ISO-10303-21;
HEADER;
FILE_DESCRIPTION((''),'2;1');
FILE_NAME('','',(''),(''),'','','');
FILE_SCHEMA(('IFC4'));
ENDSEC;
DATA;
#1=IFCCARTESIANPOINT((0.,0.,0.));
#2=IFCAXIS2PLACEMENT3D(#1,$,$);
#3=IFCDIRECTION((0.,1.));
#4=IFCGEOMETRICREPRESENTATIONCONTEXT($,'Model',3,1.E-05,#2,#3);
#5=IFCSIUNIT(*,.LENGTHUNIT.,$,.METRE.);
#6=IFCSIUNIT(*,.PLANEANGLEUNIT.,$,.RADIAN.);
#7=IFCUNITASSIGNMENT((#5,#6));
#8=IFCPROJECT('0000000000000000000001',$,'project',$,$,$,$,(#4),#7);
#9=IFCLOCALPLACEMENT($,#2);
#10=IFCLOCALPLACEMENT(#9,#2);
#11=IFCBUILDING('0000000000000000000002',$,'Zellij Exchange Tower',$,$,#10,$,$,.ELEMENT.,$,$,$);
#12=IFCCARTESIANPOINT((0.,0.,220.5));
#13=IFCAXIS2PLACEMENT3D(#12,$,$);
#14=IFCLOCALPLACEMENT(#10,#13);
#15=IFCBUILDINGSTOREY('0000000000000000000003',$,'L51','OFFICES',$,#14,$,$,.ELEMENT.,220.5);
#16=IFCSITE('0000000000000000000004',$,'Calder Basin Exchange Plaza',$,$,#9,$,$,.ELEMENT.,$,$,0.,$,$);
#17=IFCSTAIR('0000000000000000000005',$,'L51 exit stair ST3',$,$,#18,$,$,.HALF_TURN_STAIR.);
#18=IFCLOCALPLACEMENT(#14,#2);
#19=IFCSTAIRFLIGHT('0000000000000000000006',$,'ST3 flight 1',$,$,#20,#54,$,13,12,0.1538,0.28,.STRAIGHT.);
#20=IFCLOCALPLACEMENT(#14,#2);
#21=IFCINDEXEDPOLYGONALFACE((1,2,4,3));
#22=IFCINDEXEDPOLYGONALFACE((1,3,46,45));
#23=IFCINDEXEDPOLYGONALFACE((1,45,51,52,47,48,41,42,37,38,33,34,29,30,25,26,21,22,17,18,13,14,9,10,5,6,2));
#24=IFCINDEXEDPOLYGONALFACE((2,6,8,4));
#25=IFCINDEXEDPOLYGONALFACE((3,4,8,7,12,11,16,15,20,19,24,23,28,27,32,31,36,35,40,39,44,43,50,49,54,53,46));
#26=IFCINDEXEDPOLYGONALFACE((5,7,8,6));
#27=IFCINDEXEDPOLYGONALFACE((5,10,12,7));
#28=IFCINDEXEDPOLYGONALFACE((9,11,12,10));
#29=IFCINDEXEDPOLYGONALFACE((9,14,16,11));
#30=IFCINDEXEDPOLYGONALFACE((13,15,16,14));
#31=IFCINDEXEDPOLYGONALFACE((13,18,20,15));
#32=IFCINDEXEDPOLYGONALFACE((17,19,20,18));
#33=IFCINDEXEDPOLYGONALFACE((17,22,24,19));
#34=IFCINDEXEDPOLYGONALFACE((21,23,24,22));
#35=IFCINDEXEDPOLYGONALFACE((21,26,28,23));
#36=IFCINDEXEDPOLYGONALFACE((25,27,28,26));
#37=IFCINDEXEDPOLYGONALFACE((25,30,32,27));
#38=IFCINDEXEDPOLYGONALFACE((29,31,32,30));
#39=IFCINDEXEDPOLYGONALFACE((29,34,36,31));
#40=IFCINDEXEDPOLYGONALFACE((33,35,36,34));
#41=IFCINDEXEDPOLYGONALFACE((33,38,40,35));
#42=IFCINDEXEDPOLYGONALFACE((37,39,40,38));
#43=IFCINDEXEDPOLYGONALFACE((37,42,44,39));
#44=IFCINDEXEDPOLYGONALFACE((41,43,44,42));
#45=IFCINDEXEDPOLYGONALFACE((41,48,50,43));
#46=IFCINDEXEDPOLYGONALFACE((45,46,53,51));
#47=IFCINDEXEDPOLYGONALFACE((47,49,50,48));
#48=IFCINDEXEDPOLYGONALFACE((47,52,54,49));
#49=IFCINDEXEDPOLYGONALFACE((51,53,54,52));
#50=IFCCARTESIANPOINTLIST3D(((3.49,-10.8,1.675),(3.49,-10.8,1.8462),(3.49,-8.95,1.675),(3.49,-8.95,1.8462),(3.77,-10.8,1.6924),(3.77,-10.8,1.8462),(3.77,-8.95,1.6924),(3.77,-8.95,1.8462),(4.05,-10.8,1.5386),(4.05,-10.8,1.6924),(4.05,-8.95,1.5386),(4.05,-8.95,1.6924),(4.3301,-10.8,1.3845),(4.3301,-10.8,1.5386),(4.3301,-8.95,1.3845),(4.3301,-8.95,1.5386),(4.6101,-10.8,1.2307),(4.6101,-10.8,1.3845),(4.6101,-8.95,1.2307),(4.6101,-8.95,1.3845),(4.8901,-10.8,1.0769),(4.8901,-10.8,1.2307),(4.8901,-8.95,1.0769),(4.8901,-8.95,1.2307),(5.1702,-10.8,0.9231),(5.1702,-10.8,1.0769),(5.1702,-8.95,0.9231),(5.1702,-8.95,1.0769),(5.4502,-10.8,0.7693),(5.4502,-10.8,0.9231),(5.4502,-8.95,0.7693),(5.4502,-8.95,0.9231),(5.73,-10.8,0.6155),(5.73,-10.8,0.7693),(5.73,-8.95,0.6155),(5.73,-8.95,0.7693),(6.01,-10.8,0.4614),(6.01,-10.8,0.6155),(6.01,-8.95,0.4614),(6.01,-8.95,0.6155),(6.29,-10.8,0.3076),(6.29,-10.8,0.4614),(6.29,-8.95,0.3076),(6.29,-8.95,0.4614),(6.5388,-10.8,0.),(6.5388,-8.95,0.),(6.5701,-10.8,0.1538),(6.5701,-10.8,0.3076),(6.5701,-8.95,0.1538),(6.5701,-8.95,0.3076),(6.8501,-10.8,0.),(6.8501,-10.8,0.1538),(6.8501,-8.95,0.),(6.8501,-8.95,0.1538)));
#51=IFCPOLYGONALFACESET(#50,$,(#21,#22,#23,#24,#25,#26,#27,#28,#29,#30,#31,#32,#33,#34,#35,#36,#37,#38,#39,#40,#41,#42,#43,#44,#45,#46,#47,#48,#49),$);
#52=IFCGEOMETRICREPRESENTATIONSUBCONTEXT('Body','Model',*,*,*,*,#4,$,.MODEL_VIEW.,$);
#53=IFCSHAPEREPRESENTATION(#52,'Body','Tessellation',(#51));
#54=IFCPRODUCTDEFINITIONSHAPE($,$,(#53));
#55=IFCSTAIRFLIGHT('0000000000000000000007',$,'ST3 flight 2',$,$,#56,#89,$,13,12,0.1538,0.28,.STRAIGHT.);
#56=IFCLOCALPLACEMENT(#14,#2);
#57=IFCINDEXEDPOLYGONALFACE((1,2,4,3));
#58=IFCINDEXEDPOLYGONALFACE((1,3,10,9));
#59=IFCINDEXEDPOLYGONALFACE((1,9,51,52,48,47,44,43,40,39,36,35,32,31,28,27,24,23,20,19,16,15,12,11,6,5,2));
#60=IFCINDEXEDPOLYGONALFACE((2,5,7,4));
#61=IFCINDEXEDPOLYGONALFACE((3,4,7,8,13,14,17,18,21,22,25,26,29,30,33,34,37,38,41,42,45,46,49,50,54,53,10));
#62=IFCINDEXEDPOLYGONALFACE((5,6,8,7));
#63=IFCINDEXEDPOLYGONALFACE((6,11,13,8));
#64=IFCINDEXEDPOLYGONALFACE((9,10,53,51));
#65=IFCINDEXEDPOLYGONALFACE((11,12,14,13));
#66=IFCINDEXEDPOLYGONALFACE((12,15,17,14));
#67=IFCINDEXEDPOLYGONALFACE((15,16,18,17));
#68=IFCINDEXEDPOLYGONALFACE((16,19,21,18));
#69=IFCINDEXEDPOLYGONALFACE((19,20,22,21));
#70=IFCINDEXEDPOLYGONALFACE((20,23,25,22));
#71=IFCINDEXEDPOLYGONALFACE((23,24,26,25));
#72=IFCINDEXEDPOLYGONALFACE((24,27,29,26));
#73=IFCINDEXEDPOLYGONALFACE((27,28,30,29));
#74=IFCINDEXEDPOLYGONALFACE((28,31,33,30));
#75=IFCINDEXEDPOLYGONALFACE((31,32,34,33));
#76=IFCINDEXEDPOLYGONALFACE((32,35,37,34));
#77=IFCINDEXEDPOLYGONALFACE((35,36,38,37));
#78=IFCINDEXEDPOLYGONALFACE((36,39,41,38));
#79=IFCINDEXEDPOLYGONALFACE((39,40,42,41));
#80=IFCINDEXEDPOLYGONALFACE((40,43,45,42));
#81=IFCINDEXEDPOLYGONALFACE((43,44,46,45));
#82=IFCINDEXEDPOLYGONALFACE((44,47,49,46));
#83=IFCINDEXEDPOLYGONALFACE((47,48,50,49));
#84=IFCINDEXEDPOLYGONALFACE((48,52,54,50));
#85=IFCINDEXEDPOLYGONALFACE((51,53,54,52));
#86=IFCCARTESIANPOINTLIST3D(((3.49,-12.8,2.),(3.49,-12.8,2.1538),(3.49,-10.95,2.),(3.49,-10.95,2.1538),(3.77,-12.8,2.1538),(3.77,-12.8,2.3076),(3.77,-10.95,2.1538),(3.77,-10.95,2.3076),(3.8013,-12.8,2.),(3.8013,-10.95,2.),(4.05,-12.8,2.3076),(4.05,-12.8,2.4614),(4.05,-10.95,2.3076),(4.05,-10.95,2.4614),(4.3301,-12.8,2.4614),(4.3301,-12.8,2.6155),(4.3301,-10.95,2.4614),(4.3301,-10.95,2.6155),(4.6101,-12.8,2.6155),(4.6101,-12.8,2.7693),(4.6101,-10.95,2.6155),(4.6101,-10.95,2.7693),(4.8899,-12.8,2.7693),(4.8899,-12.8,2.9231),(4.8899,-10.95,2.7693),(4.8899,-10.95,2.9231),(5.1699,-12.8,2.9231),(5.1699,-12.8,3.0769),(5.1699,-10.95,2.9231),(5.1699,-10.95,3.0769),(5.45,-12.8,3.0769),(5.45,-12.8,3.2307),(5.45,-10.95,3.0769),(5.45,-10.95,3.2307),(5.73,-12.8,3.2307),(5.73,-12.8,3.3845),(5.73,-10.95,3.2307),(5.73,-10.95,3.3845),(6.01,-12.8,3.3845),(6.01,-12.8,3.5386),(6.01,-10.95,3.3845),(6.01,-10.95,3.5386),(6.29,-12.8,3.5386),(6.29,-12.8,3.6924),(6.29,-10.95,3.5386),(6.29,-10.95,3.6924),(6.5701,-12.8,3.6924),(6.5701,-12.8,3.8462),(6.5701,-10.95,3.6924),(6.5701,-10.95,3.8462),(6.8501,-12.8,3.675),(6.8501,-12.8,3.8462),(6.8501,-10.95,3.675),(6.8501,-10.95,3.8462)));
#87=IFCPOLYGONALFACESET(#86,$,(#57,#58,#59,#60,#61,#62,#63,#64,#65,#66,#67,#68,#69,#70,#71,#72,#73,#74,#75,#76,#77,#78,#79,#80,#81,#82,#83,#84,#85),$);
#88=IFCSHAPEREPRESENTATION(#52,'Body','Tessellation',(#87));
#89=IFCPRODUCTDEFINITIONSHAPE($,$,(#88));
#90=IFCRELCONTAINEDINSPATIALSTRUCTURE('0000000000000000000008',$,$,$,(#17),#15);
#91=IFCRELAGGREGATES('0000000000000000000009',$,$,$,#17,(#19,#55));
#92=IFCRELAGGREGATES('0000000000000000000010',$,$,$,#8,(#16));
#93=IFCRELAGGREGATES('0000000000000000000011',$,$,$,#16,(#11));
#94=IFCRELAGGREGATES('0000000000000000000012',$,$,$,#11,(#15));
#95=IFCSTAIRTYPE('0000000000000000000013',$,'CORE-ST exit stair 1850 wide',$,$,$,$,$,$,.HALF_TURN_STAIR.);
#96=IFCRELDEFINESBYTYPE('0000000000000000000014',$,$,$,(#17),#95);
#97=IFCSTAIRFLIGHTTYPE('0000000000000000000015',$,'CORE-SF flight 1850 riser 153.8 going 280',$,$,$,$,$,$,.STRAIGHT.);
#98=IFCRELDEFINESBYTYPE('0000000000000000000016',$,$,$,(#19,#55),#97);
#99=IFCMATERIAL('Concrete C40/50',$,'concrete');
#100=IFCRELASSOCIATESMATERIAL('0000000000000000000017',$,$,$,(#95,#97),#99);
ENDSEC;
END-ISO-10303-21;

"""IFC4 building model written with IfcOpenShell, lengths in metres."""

from ifc_helpers import new_model, si_unit, direction, frame, origin, place, context, subcontext, project, spatial, polyline, outline, extrude, material, type_object, element, aggregate, save


model = new_model("IFC4")

# Units and contexts
model_context = context("Model", 3, precision=1e-05, world=origin(), true_north=direction((0.0, 1.0)))
body_context = subcontext(model_context, "Body", "Model", "MODEL_VIEW")
ifc_project = project(units=[si_unit("LENGTHUNIT", "METRE"), si_unit("PLANEANGLEUNIT", "RADIAN")], contexts=[model_context])

# Site, building, storey
site_placement = place(None, origin())
site = spatial("IfcSite", under=ifc_project, at=site_placement, Name="Calder Basin Exchange Plaza", CompositionType="ELEMENT", RefElevation=0.0)
building_placement = place(site_placement, origin())
building = spatial("IfcBuilding", under=site, at=building_placement, Name="Zellij Exchange Tower", CompositionType="ELEMENT")
storey_placement = place(building_placement, frame((0.0, 0.0, 220.5)))
storey = spatial("IfcBuildingStorey", under=building, at=storey_placement, Name="L51", Description="OFFICES", CompositionType="ELEMENT", Elevation=220.5)

# Stair, stair flights
ifc_material_1 = material(Name="Concrete C40/50", Category="concrete")
stair_type = type_object("IfcStairType", Name="CORE-ST exit stair 1850 wide", PredefinedType="HALF_TURN_STAIR", material=ifc_material_1)
stair_placement = place(storey_placement, origin())
stair = element("IfcStair", 1, at=stair_placement, inside=storey, type_object=stair_type, Name="L51 exit stair ST3", PredefinedType="HALF_TURN_STAIR")
stair_flight_type = type_object("IfcStairFlightType", Name="CORE-SF flight 1850 riser 153.8 going 280", PredefinedType="STRAIGHT", material=ifc_material_1)
stair_flight_1_placement = place(storey_placement, frame((6.8501, -9.875, 0.0), z_axis=(0.0, 0.0, 1.0), x_axis=(-1.0, 0.0, 0.0)))
stair_flight_1 = element("IfcStairFlight", 2, at=stair_flight_1_placement, type_object=stair_flight_type, Name="ST3 flight 1", NumberOfRisers=13, NumberOfTreads=12, PredefinedType="STRAIGHT", RiserHeight=0.1538, TreadLength=0.28, context=body_context, shape_type="SweptSolid", body=[
    extrude(outline(polyline([(0.0, 0.0), (0.0, 0.1538), (0.28, 0.1538), (0.28, 0.3076), (0.5601, 0.3076), (0.5601, 0.4614), (0.8401, 0.4614), (0.8401, 0.6155), (1.1201, 0.6155), (1.1201, 0.7693), (1.3999, 0.7693), (1.3999, 0.9231), (1.6799, 0.9231), (1.6799, 1.0769), (1.96, 1.0769), (1.96, 1.2307), (2.24, 1.2307), (2.24, 1.3845), (2.52, 1.3845), (2.52, 1.5386), (2.8, 1.5386), (2.8, 1.6924), (3.0801, 1.6924), (3.0801, 1.8462), (3.3601, 1.8462), (3.3601, 2.0), (3.3601, 1.675), (0.3113, 0.0), (0.0, 0.0)])), frame((0.0, 0.925, 0.0), z_axis=(0.0, -1.0, 0.0), x_axis=(1.0, 0.0, 0.0)), (0.0, 0.0, 1.0), 1.8501),
])
stair_flight_2_placement = place(storey_placement, frame((3.49, -11.875, 2.0), z_axis=(0.0, 0.0, 1.0), x_axis=(1.0, 0.0, 0.0)))
stair_flight_2 = element("IfcStairFlight", 3, at=stair_flight_2_placement, type_object=stair_flight_type, Name="ST3 flight 2", NumberOfRisers=13, NumberOfTreads=12, PredefinedType="STRAIGHT", RiserHeight=0.1538, TreadLength=0.28, context=body_context, shape_type="SweptSolid", body=[
    extrude(outline(polyline([(0.0, 0.0), (0.0, 0.1538), (0.28, 0.1538), (0.28, 0.3076), (0.5601, 0.3076), (0.5601, 0.4614), (0.8401, 0.4614), (0.8401, 0.6155), (1.1201, 0.6155), (1.1201, 0.7693), (1.3999, 0.7693), (1.3999, 0.9231), (1.6799, 0.9231), (1.6799, 1.0769), (1.96, 1.0769), (1.96, 1.2307), (2.24, 1.2307), (2.24, 1.3845), (2.52, 1.3845), (2.52, 1.5386), (2.8, 1.5386), (2.8, 1.6924), (3.0801, 1.6924), (3.0801, 1.8462), (3.3601, 1.8462), (3.3601, 2.0), (3.3601, 1.675), (0.3113, 0.0), (0.0, 0.0)])), frame((0.0, 0.925, 0.0), z_axis=(0.0, -1.0, 0.0), x_axis=(1.0, 0.0, 0.0)), (0.0, 0.0, 1.0), 1.8501),
])
aggregate(stair, [stair_flight_1, stair_flight_2])

save(model, "model.ifc")
